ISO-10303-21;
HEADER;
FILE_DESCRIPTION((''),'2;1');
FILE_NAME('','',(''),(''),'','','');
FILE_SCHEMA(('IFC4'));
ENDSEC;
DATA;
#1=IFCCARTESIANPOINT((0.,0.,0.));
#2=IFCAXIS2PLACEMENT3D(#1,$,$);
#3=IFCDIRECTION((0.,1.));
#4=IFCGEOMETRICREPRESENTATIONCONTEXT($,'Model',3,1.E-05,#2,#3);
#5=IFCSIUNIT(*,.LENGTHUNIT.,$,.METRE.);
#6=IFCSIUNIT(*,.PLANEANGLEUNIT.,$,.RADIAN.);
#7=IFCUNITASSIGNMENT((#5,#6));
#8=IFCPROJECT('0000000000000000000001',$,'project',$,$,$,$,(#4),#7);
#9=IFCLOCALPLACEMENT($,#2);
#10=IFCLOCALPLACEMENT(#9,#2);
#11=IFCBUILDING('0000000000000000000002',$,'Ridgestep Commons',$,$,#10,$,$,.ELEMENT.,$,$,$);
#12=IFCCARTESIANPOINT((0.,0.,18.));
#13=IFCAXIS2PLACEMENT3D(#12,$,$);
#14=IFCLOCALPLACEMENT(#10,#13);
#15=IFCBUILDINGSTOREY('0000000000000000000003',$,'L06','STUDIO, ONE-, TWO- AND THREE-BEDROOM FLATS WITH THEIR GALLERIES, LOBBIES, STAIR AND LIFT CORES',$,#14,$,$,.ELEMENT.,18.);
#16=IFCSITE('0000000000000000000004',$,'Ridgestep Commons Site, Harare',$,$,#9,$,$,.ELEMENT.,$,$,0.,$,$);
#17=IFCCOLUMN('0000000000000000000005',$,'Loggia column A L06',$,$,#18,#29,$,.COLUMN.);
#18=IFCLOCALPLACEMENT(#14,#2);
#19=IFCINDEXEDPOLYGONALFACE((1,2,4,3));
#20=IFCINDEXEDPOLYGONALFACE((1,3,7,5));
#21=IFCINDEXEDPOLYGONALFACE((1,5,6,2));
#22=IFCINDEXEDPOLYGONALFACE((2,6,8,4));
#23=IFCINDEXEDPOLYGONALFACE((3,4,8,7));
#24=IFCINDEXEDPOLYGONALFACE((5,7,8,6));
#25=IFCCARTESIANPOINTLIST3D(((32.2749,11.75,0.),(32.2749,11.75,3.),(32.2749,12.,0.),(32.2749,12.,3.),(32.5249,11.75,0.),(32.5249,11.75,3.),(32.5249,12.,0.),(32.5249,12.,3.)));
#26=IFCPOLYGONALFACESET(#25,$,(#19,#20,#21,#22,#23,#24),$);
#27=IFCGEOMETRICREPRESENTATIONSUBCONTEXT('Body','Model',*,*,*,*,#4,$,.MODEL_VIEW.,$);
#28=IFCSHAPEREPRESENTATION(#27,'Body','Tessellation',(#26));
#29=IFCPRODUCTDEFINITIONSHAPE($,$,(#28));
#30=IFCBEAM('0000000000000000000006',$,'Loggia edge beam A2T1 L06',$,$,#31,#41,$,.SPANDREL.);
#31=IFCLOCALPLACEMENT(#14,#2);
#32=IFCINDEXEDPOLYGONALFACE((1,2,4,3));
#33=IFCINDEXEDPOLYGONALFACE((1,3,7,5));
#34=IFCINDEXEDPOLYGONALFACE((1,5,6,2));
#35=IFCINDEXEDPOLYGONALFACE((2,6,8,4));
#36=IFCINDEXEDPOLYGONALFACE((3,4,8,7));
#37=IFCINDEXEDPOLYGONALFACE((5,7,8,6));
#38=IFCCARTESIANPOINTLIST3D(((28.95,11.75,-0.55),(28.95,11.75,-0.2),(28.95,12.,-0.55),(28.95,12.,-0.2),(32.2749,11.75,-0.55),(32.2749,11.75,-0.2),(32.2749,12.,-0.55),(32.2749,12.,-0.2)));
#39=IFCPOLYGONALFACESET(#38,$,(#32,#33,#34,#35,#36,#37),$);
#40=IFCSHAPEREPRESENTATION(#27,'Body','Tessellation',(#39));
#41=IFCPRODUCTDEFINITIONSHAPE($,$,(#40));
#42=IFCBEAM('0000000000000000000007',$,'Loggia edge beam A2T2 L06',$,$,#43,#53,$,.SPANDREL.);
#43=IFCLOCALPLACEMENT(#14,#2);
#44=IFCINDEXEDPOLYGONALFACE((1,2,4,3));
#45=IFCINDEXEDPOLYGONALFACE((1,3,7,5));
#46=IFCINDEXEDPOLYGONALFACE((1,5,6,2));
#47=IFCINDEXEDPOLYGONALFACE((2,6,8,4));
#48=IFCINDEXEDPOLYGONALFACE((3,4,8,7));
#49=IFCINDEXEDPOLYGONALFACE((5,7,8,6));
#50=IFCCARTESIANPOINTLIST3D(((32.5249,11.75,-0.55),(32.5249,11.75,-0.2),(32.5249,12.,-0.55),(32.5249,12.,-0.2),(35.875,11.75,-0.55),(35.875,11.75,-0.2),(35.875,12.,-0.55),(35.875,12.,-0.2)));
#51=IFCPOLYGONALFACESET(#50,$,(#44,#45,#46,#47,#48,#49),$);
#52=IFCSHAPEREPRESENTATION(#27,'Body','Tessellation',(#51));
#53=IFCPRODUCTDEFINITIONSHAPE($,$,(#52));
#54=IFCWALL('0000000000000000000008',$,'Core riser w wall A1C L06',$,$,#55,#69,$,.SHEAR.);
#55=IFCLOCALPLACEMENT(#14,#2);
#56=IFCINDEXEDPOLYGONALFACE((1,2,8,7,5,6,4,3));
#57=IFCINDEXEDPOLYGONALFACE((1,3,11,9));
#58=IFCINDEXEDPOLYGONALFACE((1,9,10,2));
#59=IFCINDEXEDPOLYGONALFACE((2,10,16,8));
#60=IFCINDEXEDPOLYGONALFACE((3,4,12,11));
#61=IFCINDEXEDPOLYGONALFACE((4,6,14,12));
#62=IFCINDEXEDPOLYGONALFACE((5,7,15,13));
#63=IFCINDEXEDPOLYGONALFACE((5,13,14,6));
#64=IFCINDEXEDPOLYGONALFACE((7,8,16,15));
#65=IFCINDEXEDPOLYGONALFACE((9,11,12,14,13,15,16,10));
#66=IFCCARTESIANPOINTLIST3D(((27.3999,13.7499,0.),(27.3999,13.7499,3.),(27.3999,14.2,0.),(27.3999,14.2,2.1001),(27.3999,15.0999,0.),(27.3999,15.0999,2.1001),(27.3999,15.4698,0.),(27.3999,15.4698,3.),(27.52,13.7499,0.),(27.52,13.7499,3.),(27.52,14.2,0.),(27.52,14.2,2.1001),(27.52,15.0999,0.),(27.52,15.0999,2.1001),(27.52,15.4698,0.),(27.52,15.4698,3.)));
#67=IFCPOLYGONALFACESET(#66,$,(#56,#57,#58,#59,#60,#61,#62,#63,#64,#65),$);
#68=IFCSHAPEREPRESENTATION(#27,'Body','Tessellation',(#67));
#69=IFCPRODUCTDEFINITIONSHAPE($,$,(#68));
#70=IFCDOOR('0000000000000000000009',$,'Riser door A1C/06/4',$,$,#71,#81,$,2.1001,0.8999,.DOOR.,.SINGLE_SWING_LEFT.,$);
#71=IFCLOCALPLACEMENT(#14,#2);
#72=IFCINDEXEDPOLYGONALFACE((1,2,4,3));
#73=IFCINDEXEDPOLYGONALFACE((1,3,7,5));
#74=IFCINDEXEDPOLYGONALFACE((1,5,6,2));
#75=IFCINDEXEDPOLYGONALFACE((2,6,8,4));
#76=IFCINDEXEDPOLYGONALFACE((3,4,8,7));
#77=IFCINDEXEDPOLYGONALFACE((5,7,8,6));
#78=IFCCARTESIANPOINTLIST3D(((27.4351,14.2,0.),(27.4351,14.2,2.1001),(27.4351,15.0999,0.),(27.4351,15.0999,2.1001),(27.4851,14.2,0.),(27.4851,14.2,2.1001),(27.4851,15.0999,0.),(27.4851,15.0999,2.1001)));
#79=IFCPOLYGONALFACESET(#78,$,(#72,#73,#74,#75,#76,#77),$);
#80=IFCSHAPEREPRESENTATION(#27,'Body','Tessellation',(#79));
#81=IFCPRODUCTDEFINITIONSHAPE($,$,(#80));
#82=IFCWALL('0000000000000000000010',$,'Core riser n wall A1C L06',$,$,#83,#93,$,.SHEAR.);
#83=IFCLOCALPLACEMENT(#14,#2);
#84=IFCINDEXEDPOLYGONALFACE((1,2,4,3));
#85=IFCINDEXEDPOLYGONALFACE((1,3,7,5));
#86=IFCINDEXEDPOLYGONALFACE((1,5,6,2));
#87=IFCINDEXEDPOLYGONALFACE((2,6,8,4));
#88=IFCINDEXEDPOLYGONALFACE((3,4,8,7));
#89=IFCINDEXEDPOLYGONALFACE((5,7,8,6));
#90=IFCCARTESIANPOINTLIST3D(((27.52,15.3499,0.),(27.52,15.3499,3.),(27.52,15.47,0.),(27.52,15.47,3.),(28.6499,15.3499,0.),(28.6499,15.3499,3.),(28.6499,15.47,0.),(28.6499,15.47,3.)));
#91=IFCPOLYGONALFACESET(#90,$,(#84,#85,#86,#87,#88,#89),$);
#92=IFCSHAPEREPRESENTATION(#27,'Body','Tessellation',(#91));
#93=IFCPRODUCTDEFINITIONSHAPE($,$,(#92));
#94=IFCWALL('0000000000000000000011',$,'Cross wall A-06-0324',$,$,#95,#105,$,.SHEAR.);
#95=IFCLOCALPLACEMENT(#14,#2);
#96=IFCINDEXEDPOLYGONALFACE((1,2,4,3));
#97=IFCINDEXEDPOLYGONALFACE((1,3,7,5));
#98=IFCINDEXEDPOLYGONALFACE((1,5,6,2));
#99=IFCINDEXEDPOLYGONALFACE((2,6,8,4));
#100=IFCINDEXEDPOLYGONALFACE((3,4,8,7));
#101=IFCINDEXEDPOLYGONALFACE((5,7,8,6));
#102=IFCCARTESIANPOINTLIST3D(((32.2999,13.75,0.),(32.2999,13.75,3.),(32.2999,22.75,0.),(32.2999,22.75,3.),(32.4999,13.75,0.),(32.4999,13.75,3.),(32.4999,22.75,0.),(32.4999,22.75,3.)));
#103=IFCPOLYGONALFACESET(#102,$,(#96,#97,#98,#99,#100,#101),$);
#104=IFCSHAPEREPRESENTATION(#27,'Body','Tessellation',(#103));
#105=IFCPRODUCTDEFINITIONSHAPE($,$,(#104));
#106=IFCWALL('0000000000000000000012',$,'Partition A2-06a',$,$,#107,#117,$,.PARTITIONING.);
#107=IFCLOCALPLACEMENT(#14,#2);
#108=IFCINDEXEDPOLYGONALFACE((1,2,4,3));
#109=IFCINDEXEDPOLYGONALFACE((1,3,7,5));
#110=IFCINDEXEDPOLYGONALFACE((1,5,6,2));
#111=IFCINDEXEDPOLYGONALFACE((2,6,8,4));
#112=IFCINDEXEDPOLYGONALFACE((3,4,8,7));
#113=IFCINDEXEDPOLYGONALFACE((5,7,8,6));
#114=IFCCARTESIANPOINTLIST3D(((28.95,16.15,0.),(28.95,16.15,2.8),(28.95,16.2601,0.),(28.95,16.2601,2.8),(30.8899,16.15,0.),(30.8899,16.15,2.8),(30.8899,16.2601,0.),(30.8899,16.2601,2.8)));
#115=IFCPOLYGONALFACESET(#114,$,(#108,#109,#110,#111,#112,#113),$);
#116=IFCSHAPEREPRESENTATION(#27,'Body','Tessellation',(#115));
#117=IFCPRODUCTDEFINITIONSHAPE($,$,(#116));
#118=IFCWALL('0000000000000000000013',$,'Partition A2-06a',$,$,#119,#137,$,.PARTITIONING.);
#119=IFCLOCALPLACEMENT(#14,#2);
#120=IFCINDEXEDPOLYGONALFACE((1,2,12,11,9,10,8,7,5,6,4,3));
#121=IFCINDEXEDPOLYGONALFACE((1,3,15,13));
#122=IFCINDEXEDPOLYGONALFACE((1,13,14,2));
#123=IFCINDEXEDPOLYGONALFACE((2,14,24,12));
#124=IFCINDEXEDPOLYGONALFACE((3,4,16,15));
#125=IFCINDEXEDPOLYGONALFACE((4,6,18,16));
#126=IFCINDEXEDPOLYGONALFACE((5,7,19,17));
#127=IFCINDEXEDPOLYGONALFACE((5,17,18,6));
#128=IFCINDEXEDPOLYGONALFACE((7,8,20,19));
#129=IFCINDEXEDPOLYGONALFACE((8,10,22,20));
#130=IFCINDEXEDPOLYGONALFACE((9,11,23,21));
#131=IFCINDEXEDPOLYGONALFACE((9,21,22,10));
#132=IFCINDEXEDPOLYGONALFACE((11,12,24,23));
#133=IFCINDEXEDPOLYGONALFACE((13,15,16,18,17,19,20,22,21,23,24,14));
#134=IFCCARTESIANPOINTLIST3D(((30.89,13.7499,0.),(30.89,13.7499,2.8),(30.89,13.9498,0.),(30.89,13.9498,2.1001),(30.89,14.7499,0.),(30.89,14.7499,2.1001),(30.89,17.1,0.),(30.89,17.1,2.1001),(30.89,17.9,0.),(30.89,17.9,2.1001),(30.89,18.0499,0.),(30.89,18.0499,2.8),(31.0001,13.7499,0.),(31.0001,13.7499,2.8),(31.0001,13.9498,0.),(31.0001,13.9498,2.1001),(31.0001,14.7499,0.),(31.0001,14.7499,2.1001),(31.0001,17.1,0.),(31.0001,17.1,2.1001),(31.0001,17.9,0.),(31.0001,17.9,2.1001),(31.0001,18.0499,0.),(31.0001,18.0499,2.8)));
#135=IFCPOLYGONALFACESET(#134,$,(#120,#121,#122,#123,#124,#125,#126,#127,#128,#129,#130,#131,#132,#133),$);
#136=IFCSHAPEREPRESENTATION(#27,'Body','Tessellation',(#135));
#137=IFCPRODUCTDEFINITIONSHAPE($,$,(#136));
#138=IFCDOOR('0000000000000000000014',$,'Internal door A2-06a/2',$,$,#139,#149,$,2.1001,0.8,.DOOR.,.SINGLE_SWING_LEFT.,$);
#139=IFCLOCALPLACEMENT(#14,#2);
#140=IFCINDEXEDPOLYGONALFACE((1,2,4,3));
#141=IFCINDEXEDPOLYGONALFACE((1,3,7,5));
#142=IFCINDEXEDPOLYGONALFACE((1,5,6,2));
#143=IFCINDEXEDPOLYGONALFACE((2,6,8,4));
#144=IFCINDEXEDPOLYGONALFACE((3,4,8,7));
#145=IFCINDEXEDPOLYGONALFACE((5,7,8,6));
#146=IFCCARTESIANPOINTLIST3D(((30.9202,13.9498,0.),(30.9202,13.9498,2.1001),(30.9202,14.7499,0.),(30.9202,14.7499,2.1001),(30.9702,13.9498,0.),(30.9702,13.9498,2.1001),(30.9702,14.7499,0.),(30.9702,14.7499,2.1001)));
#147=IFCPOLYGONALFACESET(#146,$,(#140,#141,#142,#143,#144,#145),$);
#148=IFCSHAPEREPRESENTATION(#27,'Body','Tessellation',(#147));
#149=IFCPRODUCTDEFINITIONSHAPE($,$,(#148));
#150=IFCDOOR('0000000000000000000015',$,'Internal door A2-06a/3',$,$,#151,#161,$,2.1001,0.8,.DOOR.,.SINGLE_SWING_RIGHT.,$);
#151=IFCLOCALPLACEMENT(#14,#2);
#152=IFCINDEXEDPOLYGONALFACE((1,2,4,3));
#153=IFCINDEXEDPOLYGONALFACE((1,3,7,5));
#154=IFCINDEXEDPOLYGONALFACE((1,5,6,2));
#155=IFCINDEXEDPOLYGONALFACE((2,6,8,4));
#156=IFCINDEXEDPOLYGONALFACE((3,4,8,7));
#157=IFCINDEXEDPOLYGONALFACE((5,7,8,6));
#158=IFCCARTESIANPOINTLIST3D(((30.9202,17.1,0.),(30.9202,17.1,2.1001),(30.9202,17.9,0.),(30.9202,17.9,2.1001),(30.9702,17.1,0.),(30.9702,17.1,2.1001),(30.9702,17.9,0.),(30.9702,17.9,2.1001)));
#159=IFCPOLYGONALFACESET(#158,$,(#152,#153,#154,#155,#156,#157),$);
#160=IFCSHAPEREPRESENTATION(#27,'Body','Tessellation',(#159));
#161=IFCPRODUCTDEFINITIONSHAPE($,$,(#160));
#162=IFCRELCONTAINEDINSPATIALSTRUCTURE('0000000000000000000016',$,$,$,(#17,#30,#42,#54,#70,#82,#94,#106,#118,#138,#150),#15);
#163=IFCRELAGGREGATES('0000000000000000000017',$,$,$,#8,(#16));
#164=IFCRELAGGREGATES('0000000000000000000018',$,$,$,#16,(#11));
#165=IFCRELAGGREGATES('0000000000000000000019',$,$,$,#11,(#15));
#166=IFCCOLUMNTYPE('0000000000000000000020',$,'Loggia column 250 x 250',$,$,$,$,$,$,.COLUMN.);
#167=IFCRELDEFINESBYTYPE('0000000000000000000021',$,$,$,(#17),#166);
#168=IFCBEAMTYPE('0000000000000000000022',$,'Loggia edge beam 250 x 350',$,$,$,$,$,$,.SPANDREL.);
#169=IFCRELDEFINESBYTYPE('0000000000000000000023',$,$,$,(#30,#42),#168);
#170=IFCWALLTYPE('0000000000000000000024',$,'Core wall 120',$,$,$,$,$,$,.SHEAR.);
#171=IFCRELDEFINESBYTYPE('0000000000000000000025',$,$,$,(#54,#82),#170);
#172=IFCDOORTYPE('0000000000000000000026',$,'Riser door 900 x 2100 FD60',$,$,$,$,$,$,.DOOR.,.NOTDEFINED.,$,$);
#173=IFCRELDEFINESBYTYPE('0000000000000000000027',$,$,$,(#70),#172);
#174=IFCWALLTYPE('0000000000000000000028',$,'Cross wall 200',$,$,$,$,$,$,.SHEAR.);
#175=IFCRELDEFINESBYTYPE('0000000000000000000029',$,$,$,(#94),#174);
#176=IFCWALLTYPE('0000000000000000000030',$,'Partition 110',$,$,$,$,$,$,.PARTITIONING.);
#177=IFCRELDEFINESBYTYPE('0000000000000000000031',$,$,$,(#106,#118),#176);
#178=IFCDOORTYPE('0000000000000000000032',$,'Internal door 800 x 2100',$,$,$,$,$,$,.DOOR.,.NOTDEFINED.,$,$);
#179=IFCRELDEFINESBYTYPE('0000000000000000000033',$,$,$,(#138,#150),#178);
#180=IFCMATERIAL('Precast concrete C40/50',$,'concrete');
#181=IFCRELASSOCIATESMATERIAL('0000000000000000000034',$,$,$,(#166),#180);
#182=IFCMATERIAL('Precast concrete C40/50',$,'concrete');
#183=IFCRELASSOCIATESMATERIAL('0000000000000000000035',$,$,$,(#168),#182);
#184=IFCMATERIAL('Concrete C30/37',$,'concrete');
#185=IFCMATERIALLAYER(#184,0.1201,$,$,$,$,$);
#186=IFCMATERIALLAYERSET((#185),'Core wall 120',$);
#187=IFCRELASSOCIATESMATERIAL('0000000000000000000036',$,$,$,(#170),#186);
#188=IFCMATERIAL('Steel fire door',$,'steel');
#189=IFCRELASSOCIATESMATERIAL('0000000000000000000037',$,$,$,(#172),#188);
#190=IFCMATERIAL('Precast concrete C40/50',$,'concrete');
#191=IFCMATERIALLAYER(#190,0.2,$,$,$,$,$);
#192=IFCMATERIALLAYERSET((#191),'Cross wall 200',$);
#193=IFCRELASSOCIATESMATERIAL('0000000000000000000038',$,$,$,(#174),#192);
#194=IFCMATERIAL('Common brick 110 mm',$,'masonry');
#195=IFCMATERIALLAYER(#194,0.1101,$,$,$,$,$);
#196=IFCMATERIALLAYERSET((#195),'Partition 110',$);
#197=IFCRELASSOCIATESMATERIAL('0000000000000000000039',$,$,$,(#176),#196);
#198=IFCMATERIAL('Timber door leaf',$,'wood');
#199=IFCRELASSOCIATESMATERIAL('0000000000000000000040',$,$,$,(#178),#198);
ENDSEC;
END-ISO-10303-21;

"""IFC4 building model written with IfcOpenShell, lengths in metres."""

from ifc_helpers import new_model, si_unit, direction, frame, frame_2d, origin, origin_2d, place, context, subcontext, project, spatial, rectangle, extrude, material, layer, layer_set, material_profile, profile_set, type_object, element, fill, save


model = new_model("IFC4")

# Units and contexts
model_context = context("Model", 3, precision=1e-05, world=origin(), true_north=direction((0.0, 1.0)))
body_context = subcontext(model_context, "Body", "Model", "MODEL_VIEW")
ifc_project = project(units=[si_unit("LENGTHUNIT", "METRE"), si_unit("PLANEANGLEUNIT", "RADIAN")], contexts=[model_context])

# Site, building, storey
site_placement = place(None, origin())
site = spatial("IfcSite", under=ifc_project, at=site_placement, Name="Ridgestep Commons Site, Harare", CompositionType="ELEMENT", RefElevation=0.0)
building_placement = place(site_placement, origin())
building = spatial("IfcBuilding", under=site, at=building_placement, Name="Ridgestep Commons", CompositionType="ELEMENT")
storey_placement = place(building_placement, frame((0.0, 0.0, 18.0)))
storey = spatial("IfcBuildingStorey", under=building, at=storey_placement, Name="L06", Description="STUDIO, ONE-, TWO- AND THREE-BEDROOM FLATS WITH THEIR GALLERIES, LOBBIES, STAIR AND LIFT CORES", CompositionType="ELEMENT", Elevation=18.0)

# Column
ifc_material_1 = material(Name="Precast concrete C40/50", Category="concrete")
ifc_material_profile_1 = material_profile(ifc_material_1, rectangle(XDim=0.25, YDim=0.25, at=origin_2d()), Name="PC 250x250")
ifc_profile_set_1 = profile_set([ifc_material_profile_1], Name="Precast concrete C40/50")
column_type = type_object("IfcColumnType", Name="Loggia column 250 x 250", PredefinedType="COLUMN", material=ifc_profile_set_1)
column_placement = place(storey_placement, frame((32.3999, 11.875, 0.0), z_axis=(0.0, 0.0, 1.0), x_axis=(1.0, 0.0, 0.0)))
element("IfcColumn", 1, at=column_placement, inside=storey, type_object=column_type, Name="Loggia column A L06", PredefinedType="COLUMN", context=body_context, shape_type="SweptSolid", body=[
    extrude(rectangle(XDim=0.25, YDim=0.25, at=origin_2d()), origin(), (0.0, 0.0, 1.0), 3.0),
])

# Beams
ifc_material_2 = material(Name="Precast concrete C40/50", Category="concrete")
ifc_material_profile_2 = material_profile(ifc_material_2, rectangle(XDim=0.25, YDim=0.3501, at=origin_2d()), Name="PC 250x350")
ifc_profile_set_2 = profile_set([ifc_material_profile_2], Name="Precast concrete C40/50")
beam_type = type_object("IfcBeamType", Name="Loggia edge beam 250 x 350", PredefinedType="SPANDREL", material=ifc_profile_set_2)
beam_1_placement = place(storey_placement, frame((28.95, 11.875, -0.375), z_axis=(1.0, 0.0, 0.0), x_axis=(0.0, 1.0, 0.0)))
element("IfcBeam", 2, at=beam_1_placement, inside=storey, type_object=beam_type, Name="Loggia edge beam A2T1 L06", PredefinedType="SPANDREL", context=body_context, shape_type="SweptSolid", body=[
    extrude(rectangle(XDim=0.25, YDim=0.3501, at=origin_2d()), origin(), (0.0, 0.0, 1.0), 3.325),
])
beam_2_placement = place(storey_placement, frame((32.5249, 11.875, -0.375), z_axis=(1.0, 0.0, 0.0), x_axis=(0.0, 1.0, 0.0)))
element("IfcBeam", 3, at=beam_2_placement, inside=storey, type_object=beam_type, Name="Loggia edge beam A2T2 L06", PredefinedType="SPANDREL", context=body_context, shape_type="SweptSolid", body=[
    extrude(rectangle(XDim=0.25, YDim=0.3501, at=origin_2d()), origin(), (0.0, 0.0, 1.0), 3.3501),
])

# Wall, opening, door
ifc_material_3 = material(Name="Concrete C30/37", Category="concrete")
ifc_layer_1 = layer(ifc_material_3, 0.1201)
ifc_layer_set_1 = layer_set([ifc_layer_1], Name="Core wall 120")
wall_type_1 = type_object("IfcWallType", Name="Core wall 120", PredefinedType="SHEAR", material=ifc_layer_set_1)
wall_1_placement = place(storey_placement, frame((27.46, 13.75, 0.0), z_axis=(0.0, 0.0, 1.0), x_axis=(0.0, 1.0, 0.0)))
wall_1 = element("IfcWall", 4, at=wall_1_placement, inside=storey, type_object=wall_type_1, Name="Core riser w wall A1C L06", PredefinedType="SHEAR", context=body_context, shape_type="SweptSolid", body=[
    extrude(rectangle(XDim=1.72, YDim=0.1201, at=frame_2d((0.8599, 0.0))), origin(), (0.0, 0.0, 1.0), 3.0),
])
opening_1_placement = place(wall_1_placement, frame((0.45, 0.0, 0.0)))
opening_1 = element("IfcOpeningElement", 5, at=opening_1_placement, cuts=wall_1, PredefinedType="OPENING", context=body_context, shape_type="SweptSolid", body=[
    extrude(rectangle(XDim=0.8999, YDim=2.1001, at=frame_2d((0.45, 1.05))), frame((0.0, 0.0701, 0.0), z_axis=(0.0, -1.0, 0.0), x_axis=(1.0, 0.0, 0.0)), (0.0, 0.0, 1.0), 0.1401),
])
ifc_material_4 = material(Name="Steel fire door", Category="steel")
door_type_1 = type_object("IfcDoorType", Name="Riser door 900 x 2100 FD60", OperationType="NOTDEFINED", PredefinedType="DOOR", material=ifc_material_4)
door_1_placement = place(opening_1_placement, origin())
door_1 = element("IfcDoor", 6, at=door_1_placement, inside=storey, type_object=door_type_1, Name="Riser door A1C/06/4", OperationType="SINGLE_SWING_LEFT", OverallHeight=2.1001, OverallWidth=0.8999, PredefinedType="DOOR", context=body_context, shape_type="SweptSolid", body=[
    extrude(rectangle(XDim=0.8999, YDim=2.1001, at=frame_2d((0.45, 1.05))), frame((0.0, 0.0249, 0.0), z_axis=(0.0, -1.0, 0.0), x_axis=(1.0, 0.0, 0.0)), (0.0, 0.0, 1.0), 0.05),
])
fill(opening_1, door_1)

# Walls
wall_2_placement = place(storey_placement, frame((27.52, 15.4099, 0.0), z_axis=(0.0, 0.0, 1.0), x_axis=(1.0, 0.0, 0.0)))
element("IfcWall", 7, at=wall_2_placement, inside=storey, type_object=wall_type_1, Name="Core riser n wall A1C L06", PredefinedType="SHEAR", context=body_context, shape_type="SweptSolid", body=[
    extrude(rectangle(XDim=1.1299, YDim=0.1201, at=frame_2d((0.5649, 0.0))), origin(), (0.0, 0.0, 1.0), 3.0),
])
ifc_material_5 = material(Name="Precast concrete C40/50", Category="concrete")
ifc_layer_2 = layer(ifc_material_5, 0.2)
ifc_layer_set_2 = layer_set([ifc_layer_2], Name="Cross wall 200")
wall_type_2 = type_object("IfcWallType", Name="Cross wall 200", PredefinedType="SHEAR", material=ifc_layer_set_2)
wall_3_placement = place(storey_placement, frame((32.3999, 13.75, 0.0), z_axis=(0.0, 0.0, 1.0), x_axis=(0.0, 1.0, 0.0)))
element("IfcWall", 8, at=wall_3_placement, inside=storey, type_object=wall_type_2, Name="Cross wall A-06-0324", PredefinedType="SHEAR", context=body_context, shape_type="SweptSolid", body=[
    extrude(rectangle(XDim=9.0, YDim=0.2, at=frame_2d((4.5, 0.0))), origin(), (0.0, 0.0, 1.0), 3.0),
])
ifc_material_6 = material(Name="Common brick 110 mm", Category="masonry")
ifc_layer_3 = layer(ifc_material_6, 0.1101)
ifc_layer_set_3 = layer_set([ifc_layer_3], Name="Partition 110")
wall_type_3 = type_object("IfcWallType", Name="Partition 110", PredefinedType="PARTITIONING", material=ifc_layer_set_3)
wall_4_placement = place(storey_placement, frame((28.95, 16.2051, 0.0), z_axis=(0.0, 0.0, 1.0), x_axis=(1.0, 0.0, 0.0)))
element("IfcWall", 9, at=wall_4_placement, inside=storey, type_object=wall_type_3, Name="Partition A2-06a", PredefinedType="PARTITIONING", context=body_context, shape_type="SweptSolid", body=[
    extrude(rectangle(XDim=1.9399, YDim=0.1101, at=frame_2d((0.97, 0.0))), origin(), (0.0, 0.0, 1.0), 2.8),
])

# Wall, openings, doors
wall_5_placement = place(storey_placement, frame((30.9451, 13.75, 0.0), z_axis=(0.0, 0.0, 1.0), x_axis=(0.0, 1.0, 0.0)))
wall_5 = element("IfcWall", 10, at=wall_5_placement, inside=storey, type_object=wall_type_3, Name="Partition A2-06a", PredefinedType="PARTITIONING", context=body_context, shape_type="SweptSolid", body=[
    extrude(rectangle(XDim=4.3, YDim=0.1101, at=frame_2d((2.1499, 0.0))), origin(), (0.0, 0.0, 1.0), 2.8),
])
opening_2_placement = place(wall_5_placement, frame((0.2, 0.0, 0.0)))
opening_2 = element("IfcOpeningElement", 11, at=opening_2_placement, cuts=wall_5, PredefinedType="OPENING", context=body_context, shape_type="SweptSolid", body=[
    extrude(rectangle(XDim=0.8, YDim=2.1001, at=frame_2d((0.3999, 1.05))), frame((0.0, 0.0649, 0.0), z_axis=(0.0, -1.0, 0.0), x_axis=(1.0, 0.0, 0.0)), (0.0, 0.0, 1.0), 0.1301),
])
opening_3_placement = place(wall_5_placement, frame((3.3501, 0.0, 0.0)))
opening_3 = element("IfcOpeningElement", 12, at=opening_3_placement, cuts=wall_5, PredefinedType="OPENING", context=body_context, shape_type="SweptSolid", body=[
    extrude(rectangle(XDim=0.8, YDim=2.1001, at=frame_2d((0.3999, 1.05))), frame((0.0, 0.0649, 0.0), z_axis=(0.0, -1.0, 0.0), x_axis=(1.0, 0.0, 0.0)), (0.0, 0.0, 1.0), 0.1301),
])
ifc_material_7 = material(Name="Timber door leaf", Category="wood")
door_type_2 = type_object("IfcDoorType", Name="Internal door 800 x 2100", OperationType="NOTDEFINED", PredefinedType="DOOR", material=ifc_material_7)
door_2_placement = place(opening_2_placement, origin())
door_2 = element("IfcDoor", 13, at=door_2_placement, inside=storey, type_object=door_type_2, Name="Internal door A2-06a/2", OperationType="SINGLE_SWING_LEFT", OverallHeight=2.1001, OverallWidth=0.8, PredefinedType="DOOR", context=body_context, shape_type="SweptSolid", body=[
    extrude(rectangle(XDim=0.8, YDim=2.1001, at=frame_2d((0.3999, 1.05))), frame((0.0, 0.0249, 0.0), z_axis=(0.0, -1.0, 0.0), x_axis=(1.0, 0.0, 0.0)), (0.0, 0.0, 1.0), 0.05),
])
fill(opening_2, door_2)
door_3_placement = place(opening_3_placement, origin())
door_3 = element("IfcDoor", 14, at=door_3_placement, inside=storey, type_object=door_type_2, Name="Internal door A2-06a/3", OperationType="SINGLE_SWING_RIGHT", OverallHeight=2.1001, OverallWidth=0.8, PredefinedType="DOOR", context=body_context, shape_type="SweptSolid", body=[
    extrude(rectangle(XDim=0.8, YDim=2.1001, at=frame_2d((0.3999, 1.05))), frame((0.0, 0.0249, 0.0), z_axis=(0.0, -1.0, 0.0), x_axis=(1.0, 0.0, 0.0)), (0.0, 0.0, 1.0), 0.05),
])
fill(opening_3, door_3)

save(model, "model.ifc")
